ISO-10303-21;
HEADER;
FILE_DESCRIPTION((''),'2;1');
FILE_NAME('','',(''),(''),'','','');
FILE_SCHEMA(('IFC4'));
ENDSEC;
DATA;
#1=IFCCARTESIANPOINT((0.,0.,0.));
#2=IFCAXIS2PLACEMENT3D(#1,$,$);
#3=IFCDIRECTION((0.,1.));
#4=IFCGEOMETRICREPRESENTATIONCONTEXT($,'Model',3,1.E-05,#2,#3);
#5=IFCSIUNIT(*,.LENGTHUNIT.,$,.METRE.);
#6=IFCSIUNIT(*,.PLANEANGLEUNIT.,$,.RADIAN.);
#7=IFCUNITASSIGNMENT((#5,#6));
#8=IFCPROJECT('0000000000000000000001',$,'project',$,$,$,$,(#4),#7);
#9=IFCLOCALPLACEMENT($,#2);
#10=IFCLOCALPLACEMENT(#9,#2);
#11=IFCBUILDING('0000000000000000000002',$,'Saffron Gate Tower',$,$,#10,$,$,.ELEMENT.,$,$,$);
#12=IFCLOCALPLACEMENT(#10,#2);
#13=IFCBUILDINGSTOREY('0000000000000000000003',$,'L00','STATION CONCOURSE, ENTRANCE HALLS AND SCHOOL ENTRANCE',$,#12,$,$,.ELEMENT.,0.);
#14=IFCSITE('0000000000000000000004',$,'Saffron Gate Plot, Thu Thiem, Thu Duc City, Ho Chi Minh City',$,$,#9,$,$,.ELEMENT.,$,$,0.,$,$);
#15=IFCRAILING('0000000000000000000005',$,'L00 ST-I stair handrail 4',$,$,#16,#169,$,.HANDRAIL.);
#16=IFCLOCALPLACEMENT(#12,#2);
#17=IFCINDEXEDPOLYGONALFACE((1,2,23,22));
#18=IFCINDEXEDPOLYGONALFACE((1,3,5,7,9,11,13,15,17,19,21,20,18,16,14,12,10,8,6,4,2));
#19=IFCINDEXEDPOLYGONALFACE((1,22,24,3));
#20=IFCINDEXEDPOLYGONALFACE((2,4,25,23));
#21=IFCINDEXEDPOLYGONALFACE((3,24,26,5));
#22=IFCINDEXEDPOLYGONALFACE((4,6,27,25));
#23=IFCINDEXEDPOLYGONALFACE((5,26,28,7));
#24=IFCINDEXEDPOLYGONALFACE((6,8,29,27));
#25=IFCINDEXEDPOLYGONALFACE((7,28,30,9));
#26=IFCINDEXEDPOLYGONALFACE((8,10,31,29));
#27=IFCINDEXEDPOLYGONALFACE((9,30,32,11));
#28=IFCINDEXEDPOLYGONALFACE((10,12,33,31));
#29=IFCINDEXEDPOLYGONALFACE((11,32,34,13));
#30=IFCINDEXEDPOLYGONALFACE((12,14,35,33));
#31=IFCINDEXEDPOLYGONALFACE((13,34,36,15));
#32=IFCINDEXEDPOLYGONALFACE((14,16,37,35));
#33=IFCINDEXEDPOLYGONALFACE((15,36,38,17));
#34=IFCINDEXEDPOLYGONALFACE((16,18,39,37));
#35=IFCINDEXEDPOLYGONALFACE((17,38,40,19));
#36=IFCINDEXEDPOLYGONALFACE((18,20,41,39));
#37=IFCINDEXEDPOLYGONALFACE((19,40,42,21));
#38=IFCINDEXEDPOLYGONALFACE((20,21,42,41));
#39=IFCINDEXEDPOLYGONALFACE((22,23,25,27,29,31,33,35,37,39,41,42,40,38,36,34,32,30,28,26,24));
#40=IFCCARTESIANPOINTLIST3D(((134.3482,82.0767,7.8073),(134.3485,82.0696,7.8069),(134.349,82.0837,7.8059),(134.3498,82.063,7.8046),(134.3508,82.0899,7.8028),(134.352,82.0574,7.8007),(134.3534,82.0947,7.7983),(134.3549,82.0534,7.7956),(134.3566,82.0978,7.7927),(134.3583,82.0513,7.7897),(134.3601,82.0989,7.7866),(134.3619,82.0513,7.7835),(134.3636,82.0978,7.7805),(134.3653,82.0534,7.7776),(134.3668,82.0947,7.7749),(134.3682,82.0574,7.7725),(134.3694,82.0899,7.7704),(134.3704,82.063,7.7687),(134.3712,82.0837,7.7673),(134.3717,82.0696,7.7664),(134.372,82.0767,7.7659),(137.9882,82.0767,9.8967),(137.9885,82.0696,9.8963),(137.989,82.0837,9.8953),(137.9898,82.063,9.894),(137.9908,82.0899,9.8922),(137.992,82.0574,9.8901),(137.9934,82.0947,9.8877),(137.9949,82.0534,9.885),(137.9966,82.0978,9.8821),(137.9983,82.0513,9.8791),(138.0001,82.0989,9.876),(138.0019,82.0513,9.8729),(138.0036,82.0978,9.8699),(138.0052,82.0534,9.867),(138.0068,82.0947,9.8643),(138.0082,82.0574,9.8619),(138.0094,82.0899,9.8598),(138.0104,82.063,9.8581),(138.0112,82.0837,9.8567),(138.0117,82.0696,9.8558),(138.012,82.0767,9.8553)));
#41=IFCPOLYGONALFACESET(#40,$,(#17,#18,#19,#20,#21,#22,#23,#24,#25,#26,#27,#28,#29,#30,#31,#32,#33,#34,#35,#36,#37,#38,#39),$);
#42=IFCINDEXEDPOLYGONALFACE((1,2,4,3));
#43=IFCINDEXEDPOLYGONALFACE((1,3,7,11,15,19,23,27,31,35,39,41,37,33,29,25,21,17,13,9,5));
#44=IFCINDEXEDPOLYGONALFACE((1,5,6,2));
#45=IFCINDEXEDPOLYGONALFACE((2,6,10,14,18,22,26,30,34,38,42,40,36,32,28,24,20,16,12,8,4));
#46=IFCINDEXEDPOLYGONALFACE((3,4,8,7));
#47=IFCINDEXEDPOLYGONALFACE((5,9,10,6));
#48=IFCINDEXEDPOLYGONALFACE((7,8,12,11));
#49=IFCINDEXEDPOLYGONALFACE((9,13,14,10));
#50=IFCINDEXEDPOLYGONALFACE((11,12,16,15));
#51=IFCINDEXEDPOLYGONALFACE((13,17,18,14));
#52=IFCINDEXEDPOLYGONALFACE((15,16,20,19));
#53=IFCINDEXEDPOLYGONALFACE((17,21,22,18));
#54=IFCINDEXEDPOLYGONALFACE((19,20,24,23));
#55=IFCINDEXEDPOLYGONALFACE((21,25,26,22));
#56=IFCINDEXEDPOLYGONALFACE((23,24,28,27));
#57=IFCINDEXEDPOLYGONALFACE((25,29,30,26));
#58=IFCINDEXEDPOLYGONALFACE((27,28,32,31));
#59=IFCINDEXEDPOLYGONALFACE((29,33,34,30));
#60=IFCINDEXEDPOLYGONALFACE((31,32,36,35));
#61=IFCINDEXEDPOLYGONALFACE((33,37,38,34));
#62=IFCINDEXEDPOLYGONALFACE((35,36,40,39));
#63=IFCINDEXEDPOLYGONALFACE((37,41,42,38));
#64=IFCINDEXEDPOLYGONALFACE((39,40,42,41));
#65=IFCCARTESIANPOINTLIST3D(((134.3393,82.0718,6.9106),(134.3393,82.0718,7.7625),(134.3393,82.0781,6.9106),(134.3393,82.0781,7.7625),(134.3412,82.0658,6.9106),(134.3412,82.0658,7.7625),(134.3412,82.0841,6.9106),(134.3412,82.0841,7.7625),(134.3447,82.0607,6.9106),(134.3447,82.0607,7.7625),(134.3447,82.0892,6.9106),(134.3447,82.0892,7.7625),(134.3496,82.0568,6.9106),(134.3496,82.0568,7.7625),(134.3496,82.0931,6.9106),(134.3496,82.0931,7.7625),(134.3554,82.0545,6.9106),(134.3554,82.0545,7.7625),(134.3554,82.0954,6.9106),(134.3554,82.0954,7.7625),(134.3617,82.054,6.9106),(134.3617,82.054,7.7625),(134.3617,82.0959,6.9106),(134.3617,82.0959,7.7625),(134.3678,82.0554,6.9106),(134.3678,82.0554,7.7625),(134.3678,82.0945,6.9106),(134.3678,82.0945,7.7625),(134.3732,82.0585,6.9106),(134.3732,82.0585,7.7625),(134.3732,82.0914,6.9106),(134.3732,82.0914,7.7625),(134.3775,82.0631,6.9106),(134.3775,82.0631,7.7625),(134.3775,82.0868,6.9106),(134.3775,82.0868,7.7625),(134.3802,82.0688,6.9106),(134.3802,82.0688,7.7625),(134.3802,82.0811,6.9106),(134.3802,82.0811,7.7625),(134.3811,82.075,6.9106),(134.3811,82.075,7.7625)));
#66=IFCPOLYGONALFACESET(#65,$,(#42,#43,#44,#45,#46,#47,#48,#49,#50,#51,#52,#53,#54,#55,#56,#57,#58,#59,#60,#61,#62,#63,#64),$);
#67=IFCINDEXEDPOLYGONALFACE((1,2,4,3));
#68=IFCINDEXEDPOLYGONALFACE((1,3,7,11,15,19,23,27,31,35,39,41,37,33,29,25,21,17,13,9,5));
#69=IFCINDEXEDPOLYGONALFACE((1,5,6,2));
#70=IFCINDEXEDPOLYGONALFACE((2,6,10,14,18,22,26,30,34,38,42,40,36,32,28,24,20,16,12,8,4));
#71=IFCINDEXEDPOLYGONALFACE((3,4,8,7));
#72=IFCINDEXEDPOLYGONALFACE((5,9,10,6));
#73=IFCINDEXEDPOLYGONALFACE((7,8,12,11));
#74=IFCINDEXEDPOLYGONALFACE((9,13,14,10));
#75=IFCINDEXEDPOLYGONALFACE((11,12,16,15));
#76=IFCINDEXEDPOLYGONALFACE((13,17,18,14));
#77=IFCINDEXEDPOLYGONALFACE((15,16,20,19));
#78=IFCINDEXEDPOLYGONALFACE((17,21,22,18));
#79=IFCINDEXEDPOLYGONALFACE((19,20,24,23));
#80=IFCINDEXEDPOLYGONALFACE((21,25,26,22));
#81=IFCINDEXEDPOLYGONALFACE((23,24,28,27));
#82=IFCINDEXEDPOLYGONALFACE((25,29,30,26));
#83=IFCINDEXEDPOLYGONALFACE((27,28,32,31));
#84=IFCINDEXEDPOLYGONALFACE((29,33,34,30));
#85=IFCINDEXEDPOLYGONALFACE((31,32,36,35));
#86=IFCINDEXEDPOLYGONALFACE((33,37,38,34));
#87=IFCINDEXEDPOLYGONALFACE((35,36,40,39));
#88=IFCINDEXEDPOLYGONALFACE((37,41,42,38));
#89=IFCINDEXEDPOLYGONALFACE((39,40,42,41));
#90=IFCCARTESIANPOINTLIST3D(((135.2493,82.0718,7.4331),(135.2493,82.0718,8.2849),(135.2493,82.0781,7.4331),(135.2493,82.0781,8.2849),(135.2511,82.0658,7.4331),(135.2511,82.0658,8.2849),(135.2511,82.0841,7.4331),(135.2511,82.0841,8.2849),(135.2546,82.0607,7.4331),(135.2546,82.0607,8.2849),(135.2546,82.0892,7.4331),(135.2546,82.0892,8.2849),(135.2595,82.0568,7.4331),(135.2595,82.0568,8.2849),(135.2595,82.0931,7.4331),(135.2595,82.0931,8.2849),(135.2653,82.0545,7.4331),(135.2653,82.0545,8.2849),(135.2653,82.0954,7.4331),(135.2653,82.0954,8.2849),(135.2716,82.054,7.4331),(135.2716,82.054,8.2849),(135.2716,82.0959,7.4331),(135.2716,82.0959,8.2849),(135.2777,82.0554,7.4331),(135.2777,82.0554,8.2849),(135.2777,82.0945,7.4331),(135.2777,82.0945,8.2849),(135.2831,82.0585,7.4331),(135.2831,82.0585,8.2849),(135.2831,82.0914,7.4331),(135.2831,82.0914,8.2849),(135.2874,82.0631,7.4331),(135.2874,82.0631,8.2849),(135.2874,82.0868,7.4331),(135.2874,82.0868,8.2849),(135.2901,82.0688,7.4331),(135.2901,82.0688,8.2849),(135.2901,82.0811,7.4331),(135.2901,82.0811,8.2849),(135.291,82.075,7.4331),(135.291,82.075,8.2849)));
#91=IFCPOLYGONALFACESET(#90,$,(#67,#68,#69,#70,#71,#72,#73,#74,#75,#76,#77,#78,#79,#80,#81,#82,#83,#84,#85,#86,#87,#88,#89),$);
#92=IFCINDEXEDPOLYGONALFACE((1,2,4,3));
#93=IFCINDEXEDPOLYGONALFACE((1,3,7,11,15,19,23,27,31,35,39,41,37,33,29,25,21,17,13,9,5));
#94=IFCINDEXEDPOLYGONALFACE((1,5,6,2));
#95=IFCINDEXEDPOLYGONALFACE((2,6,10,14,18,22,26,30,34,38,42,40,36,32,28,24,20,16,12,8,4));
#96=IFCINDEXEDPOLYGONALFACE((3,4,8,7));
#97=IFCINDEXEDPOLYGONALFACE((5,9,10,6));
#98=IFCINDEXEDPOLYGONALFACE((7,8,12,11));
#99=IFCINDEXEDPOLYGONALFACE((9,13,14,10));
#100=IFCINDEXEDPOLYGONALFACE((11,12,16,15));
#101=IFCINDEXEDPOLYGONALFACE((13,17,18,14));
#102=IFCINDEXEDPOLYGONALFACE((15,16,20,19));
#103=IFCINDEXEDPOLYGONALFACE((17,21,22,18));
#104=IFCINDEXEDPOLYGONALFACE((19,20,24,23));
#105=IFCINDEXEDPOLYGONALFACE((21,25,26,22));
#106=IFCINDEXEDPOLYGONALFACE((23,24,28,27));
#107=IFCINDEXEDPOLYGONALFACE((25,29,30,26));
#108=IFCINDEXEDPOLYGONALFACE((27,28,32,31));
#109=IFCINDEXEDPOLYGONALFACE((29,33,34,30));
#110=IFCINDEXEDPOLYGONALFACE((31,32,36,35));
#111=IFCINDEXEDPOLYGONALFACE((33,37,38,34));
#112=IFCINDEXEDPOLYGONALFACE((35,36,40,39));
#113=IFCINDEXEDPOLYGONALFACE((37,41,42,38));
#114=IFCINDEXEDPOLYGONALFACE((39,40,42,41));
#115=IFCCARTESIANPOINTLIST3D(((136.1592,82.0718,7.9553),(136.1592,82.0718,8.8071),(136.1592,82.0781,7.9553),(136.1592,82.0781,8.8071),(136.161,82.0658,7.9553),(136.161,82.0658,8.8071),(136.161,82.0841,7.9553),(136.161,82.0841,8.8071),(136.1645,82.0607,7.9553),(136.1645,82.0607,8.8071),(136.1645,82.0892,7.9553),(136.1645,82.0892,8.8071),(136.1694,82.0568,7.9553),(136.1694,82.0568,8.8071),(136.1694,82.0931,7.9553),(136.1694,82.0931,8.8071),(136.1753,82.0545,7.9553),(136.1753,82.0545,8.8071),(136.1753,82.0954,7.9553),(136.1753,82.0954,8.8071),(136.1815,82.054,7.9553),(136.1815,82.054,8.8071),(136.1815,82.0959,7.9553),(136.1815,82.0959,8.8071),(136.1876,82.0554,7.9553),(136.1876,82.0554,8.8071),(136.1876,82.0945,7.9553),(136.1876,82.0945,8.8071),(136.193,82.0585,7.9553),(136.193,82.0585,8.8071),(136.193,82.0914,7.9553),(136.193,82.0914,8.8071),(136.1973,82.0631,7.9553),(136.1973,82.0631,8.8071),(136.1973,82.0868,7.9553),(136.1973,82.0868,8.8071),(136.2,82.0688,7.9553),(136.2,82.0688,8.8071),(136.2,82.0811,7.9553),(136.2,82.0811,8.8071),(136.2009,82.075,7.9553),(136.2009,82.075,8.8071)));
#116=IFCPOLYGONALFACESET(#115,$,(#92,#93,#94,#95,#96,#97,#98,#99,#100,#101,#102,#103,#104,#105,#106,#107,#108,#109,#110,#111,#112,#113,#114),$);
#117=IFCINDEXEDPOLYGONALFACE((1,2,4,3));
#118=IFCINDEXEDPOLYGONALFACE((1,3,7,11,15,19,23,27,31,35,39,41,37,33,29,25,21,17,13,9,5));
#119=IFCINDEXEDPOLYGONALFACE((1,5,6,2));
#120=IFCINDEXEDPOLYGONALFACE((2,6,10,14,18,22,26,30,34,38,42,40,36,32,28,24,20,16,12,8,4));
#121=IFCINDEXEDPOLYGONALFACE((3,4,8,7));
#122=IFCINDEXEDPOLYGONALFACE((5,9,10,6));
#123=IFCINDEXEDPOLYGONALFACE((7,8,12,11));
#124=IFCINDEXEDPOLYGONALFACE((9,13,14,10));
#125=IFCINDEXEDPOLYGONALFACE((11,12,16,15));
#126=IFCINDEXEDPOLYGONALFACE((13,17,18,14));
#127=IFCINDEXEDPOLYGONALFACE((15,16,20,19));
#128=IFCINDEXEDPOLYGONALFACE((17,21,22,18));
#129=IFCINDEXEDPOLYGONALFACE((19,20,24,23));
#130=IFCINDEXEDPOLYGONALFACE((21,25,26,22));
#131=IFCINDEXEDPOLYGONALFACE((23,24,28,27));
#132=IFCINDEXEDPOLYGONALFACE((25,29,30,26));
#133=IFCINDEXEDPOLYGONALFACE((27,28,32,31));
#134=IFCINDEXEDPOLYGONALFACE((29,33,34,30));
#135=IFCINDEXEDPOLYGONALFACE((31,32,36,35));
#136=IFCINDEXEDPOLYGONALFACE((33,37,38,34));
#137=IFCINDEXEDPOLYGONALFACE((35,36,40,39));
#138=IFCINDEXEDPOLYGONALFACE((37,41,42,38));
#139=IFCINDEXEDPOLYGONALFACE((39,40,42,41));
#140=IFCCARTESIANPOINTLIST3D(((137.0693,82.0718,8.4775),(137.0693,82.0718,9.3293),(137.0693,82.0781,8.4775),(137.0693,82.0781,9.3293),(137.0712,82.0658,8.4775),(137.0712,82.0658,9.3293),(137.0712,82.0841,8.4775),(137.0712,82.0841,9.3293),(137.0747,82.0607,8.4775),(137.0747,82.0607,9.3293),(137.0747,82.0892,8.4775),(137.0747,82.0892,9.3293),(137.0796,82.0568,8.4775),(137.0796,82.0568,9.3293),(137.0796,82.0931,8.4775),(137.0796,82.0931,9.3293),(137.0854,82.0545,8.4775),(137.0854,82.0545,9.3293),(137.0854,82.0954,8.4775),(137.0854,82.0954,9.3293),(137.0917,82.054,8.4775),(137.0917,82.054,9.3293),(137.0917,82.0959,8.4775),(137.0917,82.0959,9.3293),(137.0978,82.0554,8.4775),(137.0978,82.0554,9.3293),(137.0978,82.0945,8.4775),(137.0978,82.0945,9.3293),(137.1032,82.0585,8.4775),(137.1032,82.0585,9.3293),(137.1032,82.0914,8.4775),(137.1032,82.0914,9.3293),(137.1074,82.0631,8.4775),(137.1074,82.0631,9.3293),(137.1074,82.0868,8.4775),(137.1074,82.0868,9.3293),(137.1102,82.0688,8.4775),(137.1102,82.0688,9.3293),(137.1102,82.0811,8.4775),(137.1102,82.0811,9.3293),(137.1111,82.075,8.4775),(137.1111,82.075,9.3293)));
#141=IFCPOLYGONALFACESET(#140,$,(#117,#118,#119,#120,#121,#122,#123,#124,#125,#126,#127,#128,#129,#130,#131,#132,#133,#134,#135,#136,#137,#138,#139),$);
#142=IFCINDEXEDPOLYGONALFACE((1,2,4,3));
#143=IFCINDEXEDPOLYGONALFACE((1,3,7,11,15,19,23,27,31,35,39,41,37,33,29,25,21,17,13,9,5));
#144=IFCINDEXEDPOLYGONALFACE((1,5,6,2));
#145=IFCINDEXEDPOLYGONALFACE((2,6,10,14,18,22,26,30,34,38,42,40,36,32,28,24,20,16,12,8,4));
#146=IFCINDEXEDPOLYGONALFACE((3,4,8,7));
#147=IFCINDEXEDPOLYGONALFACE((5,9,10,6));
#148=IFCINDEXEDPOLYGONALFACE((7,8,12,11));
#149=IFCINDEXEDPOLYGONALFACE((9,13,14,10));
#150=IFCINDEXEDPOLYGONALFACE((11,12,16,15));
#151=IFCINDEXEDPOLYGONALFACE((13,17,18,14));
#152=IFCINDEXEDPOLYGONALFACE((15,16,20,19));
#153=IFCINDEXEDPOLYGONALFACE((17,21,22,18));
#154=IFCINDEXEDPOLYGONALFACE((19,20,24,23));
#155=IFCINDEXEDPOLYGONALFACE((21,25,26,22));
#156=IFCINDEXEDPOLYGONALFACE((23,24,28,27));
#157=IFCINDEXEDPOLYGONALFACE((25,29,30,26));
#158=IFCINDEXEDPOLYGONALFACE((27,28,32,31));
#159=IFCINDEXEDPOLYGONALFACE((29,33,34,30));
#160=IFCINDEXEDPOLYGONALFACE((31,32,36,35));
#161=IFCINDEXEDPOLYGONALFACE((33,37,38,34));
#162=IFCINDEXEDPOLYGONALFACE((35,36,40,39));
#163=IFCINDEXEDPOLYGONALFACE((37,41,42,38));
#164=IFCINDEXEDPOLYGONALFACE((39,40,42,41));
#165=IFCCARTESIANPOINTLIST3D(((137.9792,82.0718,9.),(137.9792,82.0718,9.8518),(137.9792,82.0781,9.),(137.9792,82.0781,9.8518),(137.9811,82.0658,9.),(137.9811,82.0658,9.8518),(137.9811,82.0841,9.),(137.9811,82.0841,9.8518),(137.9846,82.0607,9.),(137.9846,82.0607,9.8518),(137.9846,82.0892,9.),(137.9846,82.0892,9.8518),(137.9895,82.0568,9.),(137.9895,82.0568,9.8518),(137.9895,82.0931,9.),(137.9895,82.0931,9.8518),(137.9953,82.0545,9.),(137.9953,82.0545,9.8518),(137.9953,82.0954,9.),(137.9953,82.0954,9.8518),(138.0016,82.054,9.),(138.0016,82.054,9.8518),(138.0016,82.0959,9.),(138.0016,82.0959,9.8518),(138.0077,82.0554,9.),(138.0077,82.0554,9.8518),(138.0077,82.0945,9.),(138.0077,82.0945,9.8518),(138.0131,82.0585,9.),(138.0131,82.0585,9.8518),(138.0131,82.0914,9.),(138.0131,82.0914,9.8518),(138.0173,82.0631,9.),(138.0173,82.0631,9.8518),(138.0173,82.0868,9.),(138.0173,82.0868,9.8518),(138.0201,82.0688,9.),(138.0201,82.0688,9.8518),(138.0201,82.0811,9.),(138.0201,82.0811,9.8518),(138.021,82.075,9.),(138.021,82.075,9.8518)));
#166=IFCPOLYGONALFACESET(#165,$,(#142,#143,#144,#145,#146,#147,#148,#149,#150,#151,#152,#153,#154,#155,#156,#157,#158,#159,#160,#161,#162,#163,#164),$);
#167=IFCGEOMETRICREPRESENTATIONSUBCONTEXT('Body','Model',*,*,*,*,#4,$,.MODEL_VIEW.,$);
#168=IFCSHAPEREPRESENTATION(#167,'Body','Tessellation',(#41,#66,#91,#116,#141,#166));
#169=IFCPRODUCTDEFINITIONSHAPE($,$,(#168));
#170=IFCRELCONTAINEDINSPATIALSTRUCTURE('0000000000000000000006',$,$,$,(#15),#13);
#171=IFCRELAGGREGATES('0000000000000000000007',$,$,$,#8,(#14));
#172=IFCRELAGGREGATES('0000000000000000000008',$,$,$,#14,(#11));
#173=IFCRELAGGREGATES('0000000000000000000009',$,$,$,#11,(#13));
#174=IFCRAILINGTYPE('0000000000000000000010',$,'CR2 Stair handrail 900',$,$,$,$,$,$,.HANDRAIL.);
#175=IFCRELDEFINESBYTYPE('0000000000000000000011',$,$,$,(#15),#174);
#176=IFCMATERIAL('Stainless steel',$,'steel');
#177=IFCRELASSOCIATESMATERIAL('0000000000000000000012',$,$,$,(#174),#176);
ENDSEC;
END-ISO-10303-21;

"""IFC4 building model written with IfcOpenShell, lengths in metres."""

from ifc_helpers import new_model, si_unit, direction, frame, origin, origin_2d, place, context, subcontext, project, spatial, circle, extrude, material, type_object, element, save


model = new_model("IFC4")

# Units and contexts
model_context = context("Model", 3, precision=1e-05, world=origin(), true_north=direction((0.0, 1.0)))
body_context = subcontext(model_context, "Body", "Model", "MODEL_VIEW")
ifc_project = project(units=[si_unit("LENGTHUNIT", "METRE"), si_unit("PLANEANGLEUNIT", "RADIAN")], contexts=[model_context])

# Site, building, storey
site_placement = place(None, origin())
site = spatial("IfcSite", under=ifc_project, at=site_placement, Name="Saffron Gate Plot, Thu Thiem, Thu Duc City, Ho Chi Minh City", CompositionType="ELEMENT", RefElevation=0.0)
building_placement = place(site_placement, origin())
building = spatial("IfcBuilding", under=site, at=building_placement, Name="Saffron Gate Tower", CompositionType="ELEMENT")
storey_placement = place(building_placement, origin())
storey = spatial("IfcBuildingStorey", under=building, at=storey_placement, Name="L00", Description="STATION CONCOURSE, ENTRANCE HALLS AND SCHOOL ENTRANCE", CompositionType="ELEMENT", Elevation=0.0)

# Railing
ifc_material_1 = material(Name="Stainless steel", Category="steel")
railing_type_1 = type_object("IfcRailingType", Name="CR2 Stair handrail 900", PredefinedType="HANDRAIL", material=ifc_material_1)
for number, where, name in (
    (1, (134.3601, 82.075, 6.9106), "L00 ST-I stair handrail 4"),
):
    element("IfcRailing", number, at=place(storey_placement, frame(where)), inside=storey, type_object=railing_type_1, Name=name, PredefinedType="HANDRAIL", context=body_context, shape_type="SweptSolid", body=[
        extrude(circle(Radius=0.0239, at=origin_2d()), frame((0.0, 0.0, 0.876), z_axis=(0.867275, 0.0, 0.497829), x_axis=(0.0, 1.0, 0.0)), (0.0, 0.0, 1.0), 4.197),
        extrude(circle(Radius=0.021, at=origin_2d()), origin(), (0.0, 0.0, 1.0), 0.8518),
        extrude(circle(Radius=0.021, at=origin_2d()), frame((0.9099, 0.0, 0.5225)), (0.0, 0.0, 1.0), 0.8518),
        extrude(circle(Radius=0.021, at=origin_2d()), frame((1.8198, 0.0, 1.0447)), (0.0, 0.0, 1.0), 0.8518),
        extrude(circle(Radius=0.021, at=origin_2d()), frame((2.73, 0.0, 1.5669)), (0.0, 0.0, 1.0), 0.8518),
        extrude(circle(Radius=0.021, at=origin_2d()), frame((3.6399, 0.0, 2.0894)), (0.0, 0.0, 1.0), 0.8518),
    ])

save(model, "model.ifc")
